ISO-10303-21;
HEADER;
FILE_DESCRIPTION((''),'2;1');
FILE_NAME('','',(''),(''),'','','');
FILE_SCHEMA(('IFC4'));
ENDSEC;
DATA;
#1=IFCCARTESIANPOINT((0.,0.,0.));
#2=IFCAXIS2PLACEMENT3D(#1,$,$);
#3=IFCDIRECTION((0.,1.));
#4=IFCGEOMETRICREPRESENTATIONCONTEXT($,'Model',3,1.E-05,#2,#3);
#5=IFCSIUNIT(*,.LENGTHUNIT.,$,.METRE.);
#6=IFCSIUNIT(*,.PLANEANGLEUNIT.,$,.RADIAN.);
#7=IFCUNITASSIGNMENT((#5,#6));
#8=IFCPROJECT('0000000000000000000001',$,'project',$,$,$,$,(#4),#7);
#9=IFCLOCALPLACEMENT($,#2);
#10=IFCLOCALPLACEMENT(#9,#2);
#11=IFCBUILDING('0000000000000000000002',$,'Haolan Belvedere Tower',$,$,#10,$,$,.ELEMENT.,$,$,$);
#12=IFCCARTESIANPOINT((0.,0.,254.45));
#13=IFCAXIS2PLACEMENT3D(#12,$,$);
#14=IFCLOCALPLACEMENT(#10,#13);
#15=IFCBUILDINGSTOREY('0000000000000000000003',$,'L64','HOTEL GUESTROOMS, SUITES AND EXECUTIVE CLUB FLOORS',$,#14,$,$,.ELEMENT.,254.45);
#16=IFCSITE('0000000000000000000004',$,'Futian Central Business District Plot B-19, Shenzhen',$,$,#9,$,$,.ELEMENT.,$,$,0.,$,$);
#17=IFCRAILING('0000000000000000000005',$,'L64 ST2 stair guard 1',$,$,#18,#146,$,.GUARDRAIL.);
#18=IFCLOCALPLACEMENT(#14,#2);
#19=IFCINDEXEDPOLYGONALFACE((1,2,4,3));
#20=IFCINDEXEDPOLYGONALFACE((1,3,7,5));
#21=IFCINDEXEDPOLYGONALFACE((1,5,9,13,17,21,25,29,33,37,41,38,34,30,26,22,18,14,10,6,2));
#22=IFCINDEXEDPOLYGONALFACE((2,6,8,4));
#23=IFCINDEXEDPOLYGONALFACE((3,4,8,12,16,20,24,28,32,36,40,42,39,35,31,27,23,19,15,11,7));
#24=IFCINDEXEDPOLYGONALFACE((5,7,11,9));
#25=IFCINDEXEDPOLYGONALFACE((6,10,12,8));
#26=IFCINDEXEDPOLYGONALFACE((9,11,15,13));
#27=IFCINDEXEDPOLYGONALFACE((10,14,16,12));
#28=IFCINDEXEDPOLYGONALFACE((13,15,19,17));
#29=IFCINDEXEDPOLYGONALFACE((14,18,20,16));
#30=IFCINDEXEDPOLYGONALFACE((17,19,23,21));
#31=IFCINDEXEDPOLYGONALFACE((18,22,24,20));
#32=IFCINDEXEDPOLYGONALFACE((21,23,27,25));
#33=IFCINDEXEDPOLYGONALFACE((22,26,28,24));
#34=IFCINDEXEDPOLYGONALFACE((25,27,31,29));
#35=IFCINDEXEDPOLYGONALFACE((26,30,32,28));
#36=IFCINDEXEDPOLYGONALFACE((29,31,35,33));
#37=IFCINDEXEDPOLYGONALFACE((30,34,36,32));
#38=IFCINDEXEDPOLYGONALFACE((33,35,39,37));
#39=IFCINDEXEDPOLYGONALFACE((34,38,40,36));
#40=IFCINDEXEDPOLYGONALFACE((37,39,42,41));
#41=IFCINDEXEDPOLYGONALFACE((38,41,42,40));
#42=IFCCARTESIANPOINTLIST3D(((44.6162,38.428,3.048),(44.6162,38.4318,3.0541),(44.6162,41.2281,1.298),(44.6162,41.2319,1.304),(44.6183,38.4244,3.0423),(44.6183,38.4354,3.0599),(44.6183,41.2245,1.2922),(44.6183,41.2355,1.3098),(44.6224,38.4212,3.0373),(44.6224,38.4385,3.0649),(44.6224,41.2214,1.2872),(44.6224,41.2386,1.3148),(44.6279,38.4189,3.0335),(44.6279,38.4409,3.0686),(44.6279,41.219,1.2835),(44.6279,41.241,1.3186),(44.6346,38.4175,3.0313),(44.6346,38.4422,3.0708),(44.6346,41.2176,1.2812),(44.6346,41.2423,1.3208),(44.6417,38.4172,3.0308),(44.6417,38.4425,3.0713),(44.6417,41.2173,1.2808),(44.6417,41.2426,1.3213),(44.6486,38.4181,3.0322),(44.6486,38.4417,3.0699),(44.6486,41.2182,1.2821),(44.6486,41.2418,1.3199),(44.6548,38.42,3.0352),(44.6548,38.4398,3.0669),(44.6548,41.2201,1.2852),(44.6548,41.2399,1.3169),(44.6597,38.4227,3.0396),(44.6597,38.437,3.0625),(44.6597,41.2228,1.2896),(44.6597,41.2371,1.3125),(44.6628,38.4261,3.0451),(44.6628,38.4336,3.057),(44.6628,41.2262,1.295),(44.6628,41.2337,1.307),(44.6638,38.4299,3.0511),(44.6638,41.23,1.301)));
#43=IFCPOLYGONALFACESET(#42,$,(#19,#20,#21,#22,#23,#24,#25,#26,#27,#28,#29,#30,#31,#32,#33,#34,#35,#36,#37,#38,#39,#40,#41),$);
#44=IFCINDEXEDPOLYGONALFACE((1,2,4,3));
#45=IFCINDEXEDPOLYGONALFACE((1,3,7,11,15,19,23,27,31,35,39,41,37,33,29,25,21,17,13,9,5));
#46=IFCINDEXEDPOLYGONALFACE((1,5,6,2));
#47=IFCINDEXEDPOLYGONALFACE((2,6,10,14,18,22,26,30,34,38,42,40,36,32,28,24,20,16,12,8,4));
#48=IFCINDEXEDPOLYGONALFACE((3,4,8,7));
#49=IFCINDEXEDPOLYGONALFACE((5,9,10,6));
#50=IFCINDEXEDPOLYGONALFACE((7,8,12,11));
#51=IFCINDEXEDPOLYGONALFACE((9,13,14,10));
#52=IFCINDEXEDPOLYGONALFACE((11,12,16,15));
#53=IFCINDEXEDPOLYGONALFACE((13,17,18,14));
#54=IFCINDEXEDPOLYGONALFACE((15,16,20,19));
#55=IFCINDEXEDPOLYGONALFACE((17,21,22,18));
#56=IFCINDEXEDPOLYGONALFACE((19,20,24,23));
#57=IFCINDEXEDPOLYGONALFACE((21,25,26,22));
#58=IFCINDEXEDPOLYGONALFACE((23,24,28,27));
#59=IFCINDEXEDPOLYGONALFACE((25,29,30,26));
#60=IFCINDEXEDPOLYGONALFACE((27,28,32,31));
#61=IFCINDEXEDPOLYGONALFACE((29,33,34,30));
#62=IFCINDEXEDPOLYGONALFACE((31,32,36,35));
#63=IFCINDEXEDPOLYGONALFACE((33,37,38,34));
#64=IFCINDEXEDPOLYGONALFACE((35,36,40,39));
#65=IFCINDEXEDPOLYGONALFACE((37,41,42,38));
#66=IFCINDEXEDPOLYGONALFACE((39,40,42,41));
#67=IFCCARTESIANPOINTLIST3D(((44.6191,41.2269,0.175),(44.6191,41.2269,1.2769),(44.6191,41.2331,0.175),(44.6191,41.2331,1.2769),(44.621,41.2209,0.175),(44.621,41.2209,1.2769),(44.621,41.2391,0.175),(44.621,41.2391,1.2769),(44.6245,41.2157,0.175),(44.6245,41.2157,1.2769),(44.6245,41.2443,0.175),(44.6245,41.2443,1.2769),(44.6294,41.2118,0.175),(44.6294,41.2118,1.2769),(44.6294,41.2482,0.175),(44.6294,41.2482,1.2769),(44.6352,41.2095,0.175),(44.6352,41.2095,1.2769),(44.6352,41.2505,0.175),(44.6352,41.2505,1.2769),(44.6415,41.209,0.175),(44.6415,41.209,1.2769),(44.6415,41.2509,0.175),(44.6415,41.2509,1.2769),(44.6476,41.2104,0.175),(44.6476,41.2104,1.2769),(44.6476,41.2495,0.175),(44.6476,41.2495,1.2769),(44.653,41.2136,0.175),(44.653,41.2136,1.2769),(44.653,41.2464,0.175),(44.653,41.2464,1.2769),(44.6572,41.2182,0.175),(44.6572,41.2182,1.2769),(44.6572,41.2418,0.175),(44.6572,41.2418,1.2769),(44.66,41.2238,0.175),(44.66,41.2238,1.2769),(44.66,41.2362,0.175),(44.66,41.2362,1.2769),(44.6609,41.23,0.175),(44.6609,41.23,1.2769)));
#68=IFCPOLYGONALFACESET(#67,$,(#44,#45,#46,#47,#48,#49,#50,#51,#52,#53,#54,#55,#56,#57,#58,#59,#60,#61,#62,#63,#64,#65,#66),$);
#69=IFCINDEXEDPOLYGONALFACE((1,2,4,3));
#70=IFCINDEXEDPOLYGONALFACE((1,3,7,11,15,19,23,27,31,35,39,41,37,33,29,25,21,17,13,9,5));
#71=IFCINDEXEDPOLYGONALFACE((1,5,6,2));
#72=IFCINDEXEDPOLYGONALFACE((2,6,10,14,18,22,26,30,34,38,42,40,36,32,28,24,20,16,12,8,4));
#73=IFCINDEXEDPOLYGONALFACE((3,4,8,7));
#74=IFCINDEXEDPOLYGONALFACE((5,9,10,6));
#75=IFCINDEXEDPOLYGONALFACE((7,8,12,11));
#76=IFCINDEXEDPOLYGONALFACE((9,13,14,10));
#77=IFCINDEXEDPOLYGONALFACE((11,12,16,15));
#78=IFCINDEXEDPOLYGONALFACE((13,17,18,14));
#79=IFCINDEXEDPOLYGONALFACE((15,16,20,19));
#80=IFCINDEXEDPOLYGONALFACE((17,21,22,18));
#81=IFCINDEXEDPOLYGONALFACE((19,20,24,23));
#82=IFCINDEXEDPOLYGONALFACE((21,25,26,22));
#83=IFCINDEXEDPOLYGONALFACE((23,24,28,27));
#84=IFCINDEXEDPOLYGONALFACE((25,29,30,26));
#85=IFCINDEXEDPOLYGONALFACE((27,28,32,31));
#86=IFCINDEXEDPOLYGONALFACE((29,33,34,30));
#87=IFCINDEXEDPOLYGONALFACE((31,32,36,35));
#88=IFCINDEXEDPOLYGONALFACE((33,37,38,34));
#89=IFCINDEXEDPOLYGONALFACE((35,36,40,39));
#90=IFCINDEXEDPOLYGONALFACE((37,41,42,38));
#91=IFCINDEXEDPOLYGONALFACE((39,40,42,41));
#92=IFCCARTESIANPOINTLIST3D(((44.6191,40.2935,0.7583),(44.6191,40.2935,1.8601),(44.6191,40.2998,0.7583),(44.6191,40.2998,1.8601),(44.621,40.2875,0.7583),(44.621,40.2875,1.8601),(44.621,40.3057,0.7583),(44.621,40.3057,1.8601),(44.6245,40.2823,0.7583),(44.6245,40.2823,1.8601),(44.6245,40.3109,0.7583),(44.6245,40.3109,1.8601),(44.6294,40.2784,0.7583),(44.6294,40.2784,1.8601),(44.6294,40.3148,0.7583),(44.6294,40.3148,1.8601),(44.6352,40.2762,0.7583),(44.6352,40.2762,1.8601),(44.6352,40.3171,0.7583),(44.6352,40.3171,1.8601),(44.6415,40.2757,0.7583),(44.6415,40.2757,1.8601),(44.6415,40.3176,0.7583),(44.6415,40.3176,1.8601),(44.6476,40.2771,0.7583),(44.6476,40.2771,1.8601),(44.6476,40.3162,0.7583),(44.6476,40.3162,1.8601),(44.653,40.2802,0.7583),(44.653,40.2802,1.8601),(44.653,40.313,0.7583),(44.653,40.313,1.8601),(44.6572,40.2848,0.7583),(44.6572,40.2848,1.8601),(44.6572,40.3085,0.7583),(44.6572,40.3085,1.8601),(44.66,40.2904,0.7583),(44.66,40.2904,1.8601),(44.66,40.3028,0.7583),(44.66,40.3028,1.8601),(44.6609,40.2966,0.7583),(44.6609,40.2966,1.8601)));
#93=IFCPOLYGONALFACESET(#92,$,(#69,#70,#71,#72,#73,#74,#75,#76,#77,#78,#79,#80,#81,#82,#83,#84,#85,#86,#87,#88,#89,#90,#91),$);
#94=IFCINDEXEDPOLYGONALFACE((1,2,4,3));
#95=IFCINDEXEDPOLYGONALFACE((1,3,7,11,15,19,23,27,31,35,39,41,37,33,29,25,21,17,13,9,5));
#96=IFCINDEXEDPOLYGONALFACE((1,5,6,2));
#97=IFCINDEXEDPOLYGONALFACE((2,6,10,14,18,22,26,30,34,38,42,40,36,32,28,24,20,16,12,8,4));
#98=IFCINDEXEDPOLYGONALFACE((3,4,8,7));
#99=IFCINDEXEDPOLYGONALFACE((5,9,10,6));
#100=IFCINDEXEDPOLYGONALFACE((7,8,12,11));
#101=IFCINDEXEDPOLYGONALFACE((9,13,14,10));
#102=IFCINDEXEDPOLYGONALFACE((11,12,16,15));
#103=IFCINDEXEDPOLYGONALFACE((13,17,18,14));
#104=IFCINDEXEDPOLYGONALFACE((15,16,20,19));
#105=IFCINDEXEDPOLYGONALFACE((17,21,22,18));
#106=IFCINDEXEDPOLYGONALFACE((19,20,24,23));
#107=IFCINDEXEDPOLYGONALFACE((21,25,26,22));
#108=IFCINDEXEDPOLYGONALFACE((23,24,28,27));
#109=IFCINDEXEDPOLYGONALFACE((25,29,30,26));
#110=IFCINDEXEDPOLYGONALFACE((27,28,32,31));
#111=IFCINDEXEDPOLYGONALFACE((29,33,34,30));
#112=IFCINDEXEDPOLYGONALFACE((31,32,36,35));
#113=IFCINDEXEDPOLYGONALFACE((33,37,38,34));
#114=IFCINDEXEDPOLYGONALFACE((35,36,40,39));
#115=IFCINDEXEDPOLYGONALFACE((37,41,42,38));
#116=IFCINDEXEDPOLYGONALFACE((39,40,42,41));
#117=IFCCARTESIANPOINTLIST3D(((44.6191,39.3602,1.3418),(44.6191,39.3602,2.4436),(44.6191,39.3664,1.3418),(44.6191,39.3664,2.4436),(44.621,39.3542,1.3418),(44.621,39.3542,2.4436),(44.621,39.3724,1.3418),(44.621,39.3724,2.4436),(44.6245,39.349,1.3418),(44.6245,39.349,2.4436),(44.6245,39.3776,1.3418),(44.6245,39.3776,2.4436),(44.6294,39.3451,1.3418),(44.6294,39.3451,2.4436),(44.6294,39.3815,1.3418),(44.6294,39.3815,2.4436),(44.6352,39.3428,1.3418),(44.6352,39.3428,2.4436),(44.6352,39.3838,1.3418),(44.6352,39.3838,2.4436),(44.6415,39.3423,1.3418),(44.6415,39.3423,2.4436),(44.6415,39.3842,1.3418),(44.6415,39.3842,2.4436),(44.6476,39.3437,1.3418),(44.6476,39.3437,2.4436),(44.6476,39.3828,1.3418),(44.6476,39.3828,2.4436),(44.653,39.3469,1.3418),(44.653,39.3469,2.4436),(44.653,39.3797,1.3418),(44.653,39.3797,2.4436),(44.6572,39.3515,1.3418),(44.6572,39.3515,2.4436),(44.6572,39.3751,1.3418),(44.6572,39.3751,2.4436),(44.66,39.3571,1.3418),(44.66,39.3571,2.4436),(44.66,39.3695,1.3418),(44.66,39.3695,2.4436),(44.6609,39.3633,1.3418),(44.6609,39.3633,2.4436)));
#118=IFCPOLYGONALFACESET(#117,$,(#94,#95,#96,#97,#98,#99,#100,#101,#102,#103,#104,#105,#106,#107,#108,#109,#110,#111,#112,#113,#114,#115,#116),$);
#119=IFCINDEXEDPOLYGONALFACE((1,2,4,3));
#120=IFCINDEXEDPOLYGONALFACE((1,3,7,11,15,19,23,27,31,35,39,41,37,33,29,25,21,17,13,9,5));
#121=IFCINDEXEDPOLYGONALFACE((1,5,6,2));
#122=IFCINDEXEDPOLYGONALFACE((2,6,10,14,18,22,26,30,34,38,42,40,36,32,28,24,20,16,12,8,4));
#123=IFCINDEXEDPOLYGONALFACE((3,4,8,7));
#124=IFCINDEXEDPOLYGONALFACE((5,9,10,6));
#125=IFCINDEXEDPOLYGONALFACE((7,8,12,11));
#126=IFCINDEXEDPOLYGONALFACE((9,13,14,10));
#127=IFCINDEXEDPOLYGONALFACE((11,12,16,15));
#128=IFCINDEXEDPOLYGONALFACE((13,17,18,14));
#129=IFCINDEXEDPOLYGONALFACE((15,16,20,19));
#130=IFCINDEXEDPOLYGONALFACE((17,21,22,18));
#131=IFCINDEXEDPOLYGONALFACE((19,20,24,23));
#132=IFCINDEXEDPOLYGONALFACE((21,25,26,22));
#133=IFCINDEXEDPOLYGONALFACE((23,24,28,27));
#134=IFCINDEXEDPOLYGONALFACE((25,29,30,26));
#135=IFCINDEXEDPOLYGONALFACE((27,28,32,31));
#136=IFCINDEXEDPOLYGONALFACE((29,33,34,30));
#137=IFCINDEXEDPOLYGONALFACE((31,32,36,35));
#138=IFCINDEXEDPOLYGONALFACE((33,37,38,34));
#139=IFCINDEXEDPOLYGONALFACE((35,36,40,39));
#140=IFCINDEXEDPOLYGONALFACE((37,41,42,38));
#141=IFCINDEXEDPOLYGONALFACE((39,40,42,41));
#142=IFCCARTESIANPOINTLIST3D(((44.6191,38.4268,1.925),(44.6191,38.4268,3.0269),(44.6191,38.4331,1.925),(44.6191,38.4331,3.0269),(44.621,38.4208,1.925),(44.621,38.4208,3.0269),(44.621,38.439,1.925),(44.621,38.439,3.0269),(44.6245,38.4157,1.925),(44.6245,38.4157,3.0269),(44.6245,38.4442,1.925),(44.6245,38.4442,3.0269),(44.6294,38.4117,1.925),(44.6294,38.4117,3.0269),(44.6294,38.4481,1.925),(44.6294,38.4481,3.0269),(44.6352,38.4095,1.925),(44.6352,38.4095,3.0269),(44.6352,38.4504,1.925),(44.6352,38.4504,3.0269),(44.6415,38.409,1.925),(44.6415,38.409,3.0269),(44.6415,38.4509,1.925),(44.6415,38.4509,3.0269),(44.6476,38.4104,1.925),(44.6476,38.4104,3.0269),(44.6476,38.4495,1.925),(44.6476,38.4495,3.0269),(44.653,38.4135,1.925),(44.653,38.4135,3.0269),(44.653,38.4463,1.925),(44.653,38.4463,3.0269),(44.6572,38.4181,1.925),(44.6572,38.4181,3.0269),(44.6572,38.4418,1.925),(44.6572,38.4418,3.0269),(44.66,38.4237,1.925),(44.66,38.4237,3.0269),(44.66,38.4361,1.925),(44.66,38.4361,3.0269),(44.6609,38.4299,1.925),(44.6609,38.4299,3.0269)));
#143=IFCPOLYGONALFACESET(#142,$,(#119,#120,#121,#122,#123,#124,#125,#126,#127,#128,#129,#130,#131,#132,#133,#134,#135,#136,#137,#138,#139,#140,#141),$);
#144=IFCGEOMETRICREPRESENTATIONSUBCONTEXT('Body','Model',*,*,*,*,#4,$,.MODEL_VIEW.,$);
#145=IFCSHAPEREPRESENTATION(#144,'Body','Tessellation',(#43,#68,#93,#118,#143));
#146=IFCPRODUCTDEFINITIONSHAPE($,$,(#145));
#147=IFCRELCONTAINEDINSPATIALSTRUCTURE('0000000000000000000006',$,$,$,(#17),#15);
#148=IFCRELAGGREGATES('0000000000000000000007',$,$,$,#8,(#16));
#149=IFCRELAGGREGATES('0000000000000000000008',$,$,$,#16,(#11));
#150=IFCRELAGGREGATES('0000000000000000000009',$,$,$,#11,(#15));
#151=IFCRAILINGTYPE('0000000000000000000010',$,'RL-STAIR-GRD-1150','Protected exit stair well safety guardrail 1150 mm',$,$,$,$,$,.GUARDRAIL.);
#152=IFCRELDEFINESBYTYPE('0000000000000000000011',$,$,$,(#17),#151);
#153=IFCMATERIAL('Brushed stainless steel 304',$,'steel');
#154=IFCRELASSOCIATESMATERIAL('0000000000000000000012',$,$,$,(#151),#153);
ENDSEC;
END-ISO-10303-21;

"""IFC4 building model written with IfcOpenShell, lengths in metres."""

from ifc_helpers import new_model, si_unit, direction, frame, origin, origin_2d, place, context, subcontext, project, spatial, circle, extrude, material, type_object, element, save


model = new_model("IFC4")

# Units and contexts
model_context = context("Model", 3, precision=1e-05, world=origin(), true_north=direction((0.0, 1.0)))
body_context = subcontext(model_context, "Body", "Model", "MODEL_VIEW")
ifc_project = project(units=[si_unit("LENGTHUNIT", "METRE"), si_unit("PLANEANGLEUNIT", "RADIAN")], contexts=[model_context])

# Site, building, storey
site_placement = place(None, origin())
site = spatial("IfcSite", under=ifc_project, at=site_placement, Name="Futian Central Business District Plot B-19, Shenzhen", CompositionType="ELEMENT", RefElevation=0.0)
building_placement = place(site_placement, origin())
building = spatial("IfcBuilding", under=site, at=building_placement, Name="Haolan Belvedere Tower", CompositionType="ELEMENT")
storey_placement = place(building_placement, frame((0.0, 0.0, 254.45)))
storey = spatial("IfcBuildingStorey", under=building, at=storey_placement, Name="L64", Description="HOTEL GUESTROOMS, SUITES AND EXECUTIVE CLUB FLOORS", CompositionType="ELEMENT", Elevation=254.45)

# Railing
ifc_material_1 = material(Name="Brushed stainless steel 304", Category="steel")
railing_type_1 = type_object("IfcRailingType", Name="RL-STAIR-GRD-1150", Description="Protected exit stair well safety guardrail 1150 mm", PredefinedType="GUARDRAIL", material=ifc_material_1)
railing_1_placement = place(storey_placement, frame((44.6399, 41.23, 0.175)))
element("IfcRailing", 1, at=railing_1_placement, inside=storey, type_object=railing_type_1, Name="L64 ST2 stair guard 1", PredefinedType="GUARDRAIL", context=body_context, shape_type="SweptSolid", body=[
    extrude(circle(Radius=0.0239, at=origin_2d()), frame((0.0, 0.0, 1.126), z_axis=(0.0, -0.848002, 0.529992), x_axis=(1.0, 0.0, 0.0)), (0.0, 0.0, 1.0), 3.302),
    extrude(circle(Radius=0.021, at=origin_2d()), origin(), (0.0, 0.0, 1.0), 1.1018),
    extrude(circle(Radius=0.021, at=origin_2d()), frame((0.0, -0.9333, 0.5833)), (0.0, 0.0, 1.0), 1.1018),
    extrude(circle(Radius=0.021, at=origin_2d()), frame((0.0, -1.8667, 1.1667)), (0.0, 0.0, 1.0), 1.1018),
    extrude(circle(Radius=0.021, at=origin_2d()), frame((0.0, -2.8, 1.75)), (0.0, 0.0, 1.0), 1.1018),
])

save(model, "model.ifc")
